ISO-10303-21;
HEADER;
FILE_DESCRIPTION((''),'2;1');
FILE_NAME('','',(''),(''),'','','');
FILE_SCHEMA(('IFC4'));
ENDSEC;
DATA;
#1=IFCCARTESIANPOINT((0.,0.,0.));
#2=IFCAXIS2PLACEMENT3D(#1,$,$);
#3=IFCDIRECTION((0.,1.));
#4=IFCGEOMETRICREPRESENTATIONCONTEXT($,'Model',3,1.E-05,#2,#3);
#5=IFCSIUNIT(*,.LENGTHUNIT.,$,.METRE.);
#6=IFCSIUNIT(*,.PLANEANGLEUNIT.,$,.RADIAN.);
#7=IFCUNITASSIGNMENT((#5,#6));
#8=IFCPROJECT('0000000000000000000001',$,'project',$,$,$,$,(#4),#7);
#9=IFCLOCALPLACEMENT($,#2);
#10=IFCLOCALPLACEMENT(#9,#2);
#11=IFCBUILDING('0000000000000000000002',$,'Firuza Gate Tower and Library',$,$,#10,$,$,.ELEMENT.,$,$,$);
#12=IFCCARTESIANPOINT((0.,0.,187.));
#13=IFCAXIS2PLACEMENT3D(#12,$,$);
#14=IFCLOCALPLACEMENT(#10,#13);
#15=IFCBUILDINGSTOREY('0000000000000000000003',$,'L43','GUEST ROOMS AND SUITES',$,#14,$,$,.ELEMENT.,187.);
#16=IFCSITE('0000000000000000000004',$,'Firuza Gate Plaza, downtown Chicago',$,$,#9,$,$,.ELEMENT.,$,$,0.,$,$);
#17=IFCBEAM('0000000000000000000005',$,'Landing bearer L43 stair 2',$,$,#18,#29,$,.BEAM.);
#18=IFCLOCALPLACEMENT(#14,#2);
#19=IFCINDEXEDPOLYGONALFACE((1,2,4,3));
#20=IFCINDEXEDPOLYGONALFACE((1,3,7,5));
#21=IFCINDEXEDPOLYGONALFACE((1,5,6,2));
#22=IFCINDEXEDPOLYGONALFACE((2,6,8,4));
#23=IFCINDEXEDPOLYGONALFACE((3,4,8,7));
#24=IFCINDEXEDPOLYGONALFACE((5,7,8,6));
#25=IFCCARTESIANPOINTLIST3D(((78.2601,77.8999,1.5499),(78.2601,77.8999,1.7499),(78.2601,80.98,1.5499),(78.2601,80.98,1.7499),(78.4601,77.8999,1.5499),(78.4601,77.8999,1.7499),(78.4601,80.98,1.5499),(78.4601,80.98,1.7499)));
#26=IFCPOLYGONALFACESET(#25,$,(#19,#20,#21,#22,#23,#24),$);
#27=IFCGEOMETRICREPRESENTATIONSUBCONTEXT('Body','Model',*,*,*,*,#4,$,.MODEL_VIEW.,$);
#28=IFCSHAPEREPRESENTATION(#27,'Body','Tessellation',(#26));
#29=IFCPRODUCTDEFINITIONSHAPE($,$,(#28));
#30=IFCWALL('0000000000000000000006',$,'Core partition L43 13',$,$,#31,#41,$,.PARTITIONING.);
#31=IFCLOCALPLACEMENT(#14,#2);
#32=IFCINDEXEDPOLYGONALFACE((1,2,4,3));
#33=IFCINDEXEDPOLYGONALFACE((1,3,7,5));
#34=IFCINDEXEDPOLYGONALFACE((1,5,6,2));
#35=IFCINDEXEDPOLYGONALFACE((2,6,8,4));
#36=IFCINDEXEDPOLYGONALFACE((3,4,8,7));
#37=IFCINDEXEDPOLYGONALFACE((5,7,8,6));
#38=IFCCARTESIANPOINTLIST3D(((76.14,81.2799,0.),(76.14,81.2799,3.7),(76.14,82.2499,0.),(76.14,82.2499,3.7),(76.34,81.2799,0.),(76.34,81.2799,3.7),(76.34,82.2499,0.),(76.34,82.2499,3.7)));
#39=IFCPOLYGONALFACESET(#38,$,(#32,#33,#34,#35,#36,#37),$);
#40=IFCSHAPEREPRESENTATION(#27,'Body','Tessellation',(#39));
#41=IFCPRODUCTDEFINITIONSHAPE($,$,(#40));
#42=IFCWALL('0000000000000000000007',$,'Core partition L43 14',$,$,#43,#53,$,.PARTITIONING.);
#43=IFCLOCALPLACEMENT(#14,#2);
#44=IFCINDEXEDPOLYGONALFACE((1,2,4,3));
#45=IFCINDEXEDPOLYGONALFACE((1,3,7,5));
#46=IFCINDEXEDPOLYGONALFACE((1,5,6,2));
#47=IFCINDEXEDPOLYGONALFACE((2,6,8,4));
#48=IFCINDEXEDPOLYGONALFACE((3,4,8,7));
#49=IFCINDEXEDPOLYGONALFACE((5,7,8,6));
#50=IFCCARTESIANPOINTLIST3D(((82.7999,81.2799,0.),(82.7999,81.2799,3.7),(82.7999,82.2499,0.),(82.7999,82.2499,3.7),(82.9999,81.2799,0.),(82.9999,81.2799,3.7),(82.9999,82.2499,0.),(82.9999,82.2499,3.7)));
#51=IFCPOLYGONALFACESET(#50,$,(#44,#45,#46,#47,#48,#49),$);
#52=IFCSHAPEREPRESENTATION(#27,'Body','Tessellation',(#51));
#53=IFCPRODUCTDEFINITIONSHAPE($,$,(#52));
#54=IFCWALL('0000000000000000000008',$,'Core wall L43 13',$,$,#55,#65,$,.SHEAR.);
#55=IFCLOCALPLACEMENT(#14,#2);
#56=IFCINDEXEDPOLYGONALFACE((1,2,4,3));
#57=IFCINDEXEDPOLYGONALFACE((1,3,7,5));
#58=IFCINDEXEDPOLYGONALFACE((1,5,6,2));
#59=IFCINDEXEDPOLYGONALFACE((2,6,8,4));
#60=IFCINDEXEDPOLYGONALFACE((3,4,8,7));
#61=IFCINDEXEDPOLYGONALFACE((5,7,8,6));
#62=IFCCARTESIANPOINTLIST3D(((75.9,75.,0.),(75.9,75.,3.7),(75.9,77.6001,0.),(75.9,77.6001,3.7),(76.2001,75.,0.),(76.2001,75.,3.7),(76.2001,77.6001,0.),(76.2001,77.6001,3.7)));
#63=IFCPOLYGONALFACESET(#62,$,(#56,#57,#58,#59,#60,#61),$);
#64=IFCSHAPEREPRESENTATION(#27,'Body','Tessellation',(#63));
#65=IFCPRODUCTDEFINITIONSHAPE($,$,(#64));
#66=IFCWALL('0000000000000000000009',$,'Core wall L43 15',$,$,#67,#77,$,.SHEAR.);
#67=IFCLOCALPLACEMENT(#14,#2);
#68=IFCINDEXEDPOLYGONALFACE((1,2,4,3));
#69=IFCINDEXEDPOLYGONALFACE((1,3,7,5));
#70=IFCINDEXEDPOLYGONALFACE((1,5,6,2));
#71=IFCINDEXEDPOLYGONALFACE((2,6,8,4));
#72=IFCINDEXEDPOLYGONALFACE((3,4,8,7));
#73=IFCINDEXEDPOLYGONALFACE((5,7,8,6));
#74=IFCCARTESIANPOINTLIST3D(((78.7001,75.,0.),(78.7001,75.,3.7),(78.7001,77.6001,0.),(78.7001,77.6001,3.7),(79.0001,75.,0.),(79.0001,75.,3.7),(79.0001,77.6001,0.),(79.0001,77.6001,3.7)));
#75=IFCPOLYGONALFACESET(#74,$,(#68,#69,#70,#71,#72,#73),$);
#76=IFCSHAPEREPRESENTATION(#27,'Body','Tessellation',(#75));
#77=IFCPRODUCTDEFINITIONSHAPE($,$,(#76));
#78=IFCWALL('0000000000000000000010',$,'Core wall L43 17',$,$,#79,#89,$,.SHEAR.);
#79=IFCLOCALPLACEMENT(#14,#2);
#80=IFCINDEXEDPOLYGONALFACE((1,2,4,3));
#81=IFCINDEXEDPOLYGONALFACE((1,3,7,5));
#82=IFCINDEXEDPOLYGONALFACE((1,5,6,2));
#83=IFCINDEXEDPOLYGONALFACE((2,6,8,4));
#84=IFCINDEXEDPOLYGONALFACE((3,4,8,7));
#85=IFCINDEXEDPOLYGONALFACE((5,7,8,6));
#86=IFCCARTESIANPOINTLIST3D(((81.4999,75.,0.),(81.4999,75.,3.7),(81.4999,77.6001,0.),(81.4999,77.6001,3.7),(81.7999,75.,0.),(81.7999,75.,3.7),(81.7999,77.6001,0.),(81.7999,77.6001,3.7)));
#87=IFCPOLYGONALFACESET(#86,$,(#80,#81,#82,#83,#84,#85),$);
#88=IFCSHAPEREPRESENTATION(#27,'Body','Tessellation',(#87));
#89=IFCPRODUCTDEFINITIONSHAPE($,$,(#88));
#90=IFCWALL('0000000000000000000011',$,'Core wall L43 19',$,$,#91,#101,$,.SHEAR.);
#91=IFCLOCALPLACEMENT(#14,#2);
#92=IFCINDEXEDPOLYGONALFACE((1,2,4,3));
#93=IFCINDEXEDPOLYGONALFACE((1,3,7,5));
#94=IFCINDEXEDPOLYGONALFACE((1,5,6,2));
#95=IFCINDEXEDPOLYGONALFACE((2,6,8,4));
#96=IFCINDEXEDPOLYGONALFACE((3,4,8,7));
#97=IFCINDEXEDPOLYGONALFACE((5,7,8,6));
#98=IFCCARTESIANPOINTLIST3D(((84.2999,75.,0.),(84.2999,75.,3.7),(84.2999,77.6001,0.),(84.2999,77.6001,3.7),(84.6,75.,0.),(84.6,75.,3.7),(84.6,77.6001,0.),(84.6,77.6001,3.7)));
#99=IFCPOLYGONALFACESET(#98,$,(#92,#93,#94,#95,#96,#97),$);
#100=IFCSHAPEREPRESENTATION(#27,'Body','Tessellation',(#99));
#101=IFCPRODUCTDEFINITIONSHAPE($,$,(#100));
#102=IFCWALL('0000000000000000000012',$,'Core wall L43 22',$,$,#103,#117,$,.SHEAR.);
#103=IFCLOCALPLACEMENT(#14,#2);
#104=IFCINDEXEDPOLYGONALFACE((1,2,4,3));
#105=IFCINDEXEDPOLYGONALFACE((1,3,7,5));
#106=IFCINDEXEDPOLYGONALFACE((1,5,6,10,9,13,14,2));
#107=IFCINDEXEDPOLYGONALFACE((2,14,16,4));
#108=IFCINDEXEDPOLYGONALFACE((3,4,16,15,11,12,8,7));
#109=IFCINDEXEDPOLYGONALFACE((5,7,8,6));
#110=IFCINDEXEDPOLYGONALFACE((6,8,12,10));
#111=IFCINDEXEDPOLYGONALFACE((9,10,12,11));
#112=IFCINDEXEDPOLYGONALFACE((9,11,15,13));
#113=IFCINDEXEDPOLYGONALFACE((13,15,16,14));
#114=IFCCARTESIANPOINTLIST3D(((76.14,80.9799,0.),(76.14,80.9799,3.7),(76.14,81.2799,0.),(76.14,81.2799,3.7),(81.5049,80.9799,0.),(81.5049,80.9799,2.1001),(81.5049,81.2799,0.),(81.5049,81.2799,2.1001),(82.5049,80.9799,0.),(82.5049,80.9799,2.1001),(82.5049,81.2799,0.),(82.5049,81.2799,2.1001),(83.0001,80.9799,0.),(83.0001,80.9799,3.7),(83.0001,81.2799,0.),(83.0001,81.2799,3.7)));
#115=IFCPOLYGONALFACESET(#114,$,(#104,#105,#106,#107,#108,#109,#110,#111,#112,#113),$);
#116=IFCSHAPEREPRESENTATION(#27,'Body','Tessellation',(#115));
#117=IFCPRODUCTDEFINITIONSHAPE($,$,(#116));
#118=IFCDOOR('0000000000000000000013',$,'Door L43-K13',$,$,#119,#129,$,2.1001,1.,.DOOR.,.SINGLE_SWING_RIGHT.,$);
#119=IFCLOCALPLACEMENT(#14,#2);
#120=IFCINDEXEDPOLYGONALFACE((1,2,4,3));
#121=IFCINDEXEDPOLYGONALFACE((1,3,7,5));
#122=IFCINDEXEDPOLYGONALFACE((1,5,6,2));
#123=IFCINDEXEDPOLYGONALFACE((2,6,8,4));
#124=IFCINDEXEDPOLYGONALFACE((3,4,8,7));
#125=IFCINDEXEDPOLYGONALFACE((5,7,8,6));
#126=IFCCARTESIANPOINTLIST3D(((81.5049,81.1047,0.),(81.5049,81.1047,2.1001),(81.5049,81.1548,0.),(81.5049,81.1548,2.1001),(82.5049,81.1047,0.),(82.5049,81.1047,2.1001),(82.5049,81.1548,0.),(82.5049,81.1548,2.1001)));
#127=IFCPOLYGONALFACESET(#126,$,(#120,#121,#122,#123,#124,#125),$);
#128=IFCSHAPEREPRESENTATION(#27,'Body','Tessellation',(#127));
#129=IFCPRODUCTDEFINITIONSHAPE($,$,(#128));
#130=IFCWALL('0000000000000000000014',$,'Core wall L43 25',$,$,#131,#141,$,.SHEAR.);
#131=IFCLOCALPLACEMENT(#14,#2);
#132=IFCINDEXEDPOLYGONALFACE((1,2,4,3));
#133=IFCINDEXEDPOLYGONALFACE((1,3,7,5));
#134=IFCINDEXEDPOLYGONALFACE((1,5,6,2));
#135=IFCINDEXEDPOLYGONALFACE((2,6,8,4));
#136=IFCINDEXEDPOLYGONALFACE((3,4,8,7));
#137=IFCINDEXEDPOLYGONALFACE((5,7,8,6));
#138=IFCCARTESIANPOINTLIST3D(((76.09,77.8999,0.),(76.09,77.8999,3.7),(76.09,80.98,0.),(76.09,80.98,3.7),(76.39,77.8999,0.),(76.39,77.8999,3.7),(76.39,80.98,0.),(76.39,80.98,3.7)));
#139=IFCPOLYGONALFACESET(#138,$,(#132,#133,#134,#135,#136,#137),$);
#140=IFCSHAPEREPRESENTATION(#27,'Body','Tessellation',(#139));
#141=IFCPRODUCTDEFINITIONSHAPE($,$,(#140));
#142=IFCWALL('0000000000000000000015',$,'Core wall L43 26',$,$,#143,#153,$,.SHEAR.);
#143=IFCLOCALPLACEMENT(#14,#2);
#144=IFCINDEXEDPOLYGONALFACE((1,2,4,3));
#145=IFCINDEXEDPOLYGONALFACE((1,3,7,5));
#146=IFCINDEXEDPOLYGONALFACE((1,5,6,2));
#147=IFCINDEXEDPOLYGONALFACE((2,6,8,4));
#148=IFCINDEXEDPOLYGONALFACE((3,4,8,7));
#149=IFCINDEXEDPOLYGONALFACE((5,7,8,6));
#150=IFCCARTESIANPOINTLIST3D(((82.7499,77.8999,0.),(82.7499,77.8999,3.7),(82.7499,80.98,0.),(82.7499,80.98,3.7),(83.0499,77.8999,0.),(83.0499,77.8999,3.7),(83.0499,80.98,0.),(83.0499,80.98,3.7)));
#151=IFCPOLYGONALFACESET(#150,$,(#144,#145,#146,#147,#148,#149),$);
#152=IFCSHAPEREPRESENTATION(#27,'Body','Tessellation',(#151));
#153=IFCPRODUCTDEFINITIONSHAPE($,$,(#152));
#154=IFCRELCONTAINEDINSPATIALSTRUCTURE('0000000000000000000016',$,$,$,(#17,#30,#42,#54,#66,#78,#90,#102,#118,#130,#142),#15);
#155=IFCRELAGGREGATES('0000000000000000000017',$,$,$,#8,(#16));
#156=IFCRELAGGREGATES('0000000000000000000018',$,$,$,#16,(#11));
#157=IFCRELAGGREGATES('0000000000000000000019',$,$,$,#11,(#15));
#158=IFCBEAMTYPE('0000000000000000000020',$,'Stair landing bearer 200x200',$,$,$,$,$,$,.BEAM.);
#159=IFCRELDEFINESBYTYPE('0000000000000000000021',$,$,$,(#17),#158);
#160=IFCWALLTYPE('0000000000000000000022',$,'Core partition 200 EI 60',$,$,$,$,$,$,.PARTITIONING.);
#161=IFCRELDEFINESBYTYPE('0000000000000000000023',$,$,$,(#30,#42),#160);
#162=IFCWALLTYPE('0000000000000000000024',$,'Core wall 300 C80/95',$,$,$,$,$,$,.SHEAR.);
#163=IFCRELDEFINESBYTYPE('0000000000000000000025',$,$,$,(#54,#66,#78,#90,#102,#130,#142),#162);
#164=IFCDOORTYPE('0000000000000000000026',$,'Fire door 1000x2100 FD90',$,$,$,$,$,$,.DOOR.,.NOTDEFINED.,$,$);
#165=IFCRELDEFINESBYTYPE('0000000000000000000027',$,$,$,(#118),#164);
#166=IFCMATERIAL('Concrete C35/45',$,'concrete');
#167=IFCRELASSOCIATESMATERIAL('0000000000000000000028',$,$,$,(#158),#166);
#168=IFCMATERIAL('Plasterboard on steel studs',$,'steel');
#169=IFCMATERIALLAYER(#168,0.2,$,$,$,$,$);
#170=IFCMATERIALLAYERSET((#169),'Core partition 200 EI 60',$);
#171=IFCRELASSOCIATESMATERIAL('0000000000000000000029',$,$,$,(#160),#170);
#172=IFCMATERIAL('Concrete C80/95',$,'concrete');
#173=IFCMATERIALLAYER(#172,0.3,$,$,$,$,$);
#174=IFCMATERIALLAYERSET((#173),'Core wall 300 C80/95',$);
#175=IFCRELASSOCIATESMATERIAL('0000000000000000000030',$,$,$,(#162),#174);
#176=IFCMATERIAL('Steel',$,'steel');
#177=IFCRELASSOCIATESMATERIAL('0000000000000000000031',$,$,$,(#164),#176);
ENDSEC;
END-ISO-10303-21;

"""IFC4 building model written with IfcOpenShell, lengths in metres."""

from ifc_helpers import new_model, si_unit, direction, frame, frame_2d, origin, origin_2d, place, context, subcontext, project, spatial, rectangle, extrude, material, layer, layer_set, material_profile, profile_set, type_object, element, fill, save


model = new_model("IFC4")

# Units and contexts
model_context = context("Model", 3, precision=1e-05, world=origin(), true_north=direction((0.0, 1.0)))
body_context = subcontext(model_context, "Body", "Model", "MODEL_VIEW")
ifc_project = project(units=[si_unit("LENGTHUNIT", "METRE"), si_unit("PLANEANGLEUNIT", "RADIAN")], contexts=[model_context])

# Site, building, storey
site_placement = place(None, origin())
site = spatial("IfcSite", under=ifc_project, at=site_placement, Name="Firuza Gate Plaza, downtown Chicago", CompositionType="ELEMENT", RefElevation=0.0)
building_placement = place(site_placement, origin())
building = spatial("IfcBuilding", under=site, at=building_placement, Name="Firuza Gate Tower and Library", CompositionType="ELEMENT")
storey_placement = place(building_placement, frame((0.0, 0.0, 187.0)))
storey = spatial("IfcBuildingStorey", under=building, at=storey_placement, Name="L43", Description="GUEST ROOMS AND SUITES", CompositionType="ELEMENT", Elevation=187.0)

# Beam
ifc_material_1 = material(Name="Concrete C35/45", Category="concrete")
ifc_material_profile = material_profile(ifc_material_1, rectangle(XDim=0.2, YDim=0.2, at=origin_2d()))
ifc_profile_set = profile_set([ifc_material_profile], Name="Concrete C35/45")
beam_type = type_object("IfcBeamType", Name="Stair landing bearer 200x200", PredefinedType="BEAM", material=ifc_profile_set)
beam_placement = place(storey_placement, frame((78.3601, 80.98, 1.6499), z_axis=(0.0, -1.0, 0.0), x_axis=(1.0, 0.0, 0.0)))
element("IfcBeam", 1, at=beam_placement, inside=storey, type_object=beam_type, Name="Landing bearer L43 stair 2", PredefinedType="BEAM", context=body_context, shape_type="SweptSolid", body=[
    extrude(rectangle(XDim=0.2, YDim=0.2, at=origin_2d()), origin(), (0.0, 0.0, 1.0), 3.0801),
])

# Walls
ifc_material_2 = material(Name="Plasterboard on steel studs", Category="steel")
ifc_layer_1 = layer(ifc_material_2, 0.2)
ifc_layer_set_1 = layer_set([ifc_layer_1], Name="Core partition 200 EI 60")
wall_type_1 = type_object("IfcWallType", Name="Core partition 200 EI 60", PredefinedType="PARTITIONING", material=ifc_layer_set_1)
for number, where, z_axis, x_axis, name in (
    (2, (76.24, 81.28, 0.0), (0.0, 0.0, 1.0), (0.0, 1.0, 0.0), "Core partition L43 13"),
    (3, (82.8999, 81.28, 0.0), (0.0, 0.0, 1.0), (0.0, 1.0, 0.0), "Core partition L43 14"),
):
    element("IfcWall", number, at=place(storey_placement, frame(where, z_axis=z_axis, x_axis=x_axis)), inside=storey, type_object=wall_type_1, Name=name, PredefinedType="PARTITIONING", context=body_context, shape_type="SweptSolid", body=[
        extrude(rectangle(XDim=0.97, YDim=0.2, at=frame_2d((0.4849, 0.0))), origin(), (0.0, 0.0, 1.0), 3.7),
    ])
ifc_material_3 = material(Name="Concrete C80/95", Category="concrete")
ifc_layer_2 = layer(ifc_material_3, 0.3)
ifc_layer_set_2 = layer_set([ifc_layer_2], Name="Core wall 300 C80/95")
wall_type_2 = type_object("IfcWallType", Name="Core wall 300 C80/95", PredefinedType="SHEAR", material=ifc_layer_set_2)
for number, where, z_axis, x_axis, name in (
    (4, (76.05, 75.0, 0.0), (0.0, 0.0, 1.0), (0.0, 1.0, 0.0), "Core wall L43 13"),
    (5, (78.8501, 75.0, 0.0), (0.0, 0.0, 1.0), (0.0, 1.0, 0.0), "Core wall L43 15"),
    (6, (81.6499, 75.0, 0.0), (0.0, 0.0, 1.0), (0.0, 1.0, 0.0), "Core wall L43 17"),
    (7, (84.45, 75.0, 0.0), (0.0, 0.0, 1.0), (0.0, 1.0, 0.0), "Core wall L43 19"),
):
    element("IfcWall", number, at=place(storey_placement, frame(where, z_axis=z_axis, x_axis=x_axis)), inside=storey, type_object=wall_type_2, Name=name, PredefinedType="SHEAR", context=body_context, shape_type="SweptSolid", body=[
        extrude(rectangle(XDim=2.6001, YDim=0.3, at=frame_2d((1.3, 0.0))), origin(), (0.0, 0.0, 1.0), 3.7),
    ])

# Wall, opening, door
wall_1_placement = place(storey_placement, frame((76.1399, 81.1299, 0.0), z_axis=(0.0, 0.0, 1.0), x_axis=(1.0, 0.0, 0.0)))
wall_1 = element("IfcWall", 8, at=wall_1_placement, inside=storey, type_object=wall_type_2, Name="Core wall L43 22", PredefinedType="SHEAR", context=body_context, shape_type="SweptSolid", body=[
    extrude(rectangle(XDim=6.8601, YDim=0.3, at=frame_2d((3.4302, 0.0))), origin(), (0.0, 0.0, 1.0), 3.7),
])
opening_1_placement = place(wall_1_placement, frame((5.365, 0.0, 0.0)))
opening_1 = element("IfcOpeningElement", 9, at=opening_1_placement, cuts=wall_1, PredefinedType="OPENING", context=body_context, shape_type="SweptSolid", body=[
    extrude(rectangle(XDim=1.0, YDim=2.1001, at=frame_2d((0.5, 1.05))), frame((0.0, 0.1602, 0.0), z_axis=(0.0, -1.0, 0.0), x_axis=(1.0, 0.0, 0.0)), (0.0, 0.0, 1.0), 0.3201),
])
ifc_material_4 = material(Name="Steel", Category="steel")
door_type_1 = type_object("IfcDoorType", Name="Fire door 1000x2100 FD90", OperationType="NOTDEFINED", PredefinedType="DOOR", material=ifc_material_4)
door_1_placement = place(opening_1_placement, origin())
door_1 = element("IfcDoor", 10, at=door_1_placement, inside=storey, type_object=door_type_1, Name="Door L43-K13", OperationType="SINGLE_SWING_RIGHT", OverallHeight=2.1001, OverallWidth=1.0, PredefinedType="DOOR", context=body_context, shape_type="SweptSolid", body=[
    extrude(rectangle(XDim=1.0, YDim=2.1001, at=frame_2d((0.5, 1.05))), frame((0.0, 0.0249, 0.0), z_axis=(0.0, -1.0, 0.0), x_axis=(1.0, 0.0, 0.0)), (0.0, 0.0, 1.0), 0.05),
])
fill(opening_1, door_1)

# Walls
for number, where, z_axis, x_axis, name in (
    (11, (76.24, 77.8999, 0.0), (0.0, 0.0, 1.0), (0.0, 1.0, 0.0), "Core wall L43 25"),
    (12, (82.8999, 77.8999, 0.0), (0.0, 0.0, 1.0), (0.0, 1.0, 0.0), "Core wall L43 26"),
):
    element("IfcWall", number, at=place(storey_placement, frame(where, z_axis=z_axis, x_axis=x_axis)), inside=storey, type_object=wall_type_2, Name=name, PredefinedType="SHEAR", context=body_context, shape_type="SweptSolid", body=[
        extrude(rectangle(XDim=3.0801, YDim=0.3, at=frame_2d((1.54, 0.0))), origin(), (0.0, 0.0, 1.0), 3.7),
    ])

save(model, "model.ifc")
